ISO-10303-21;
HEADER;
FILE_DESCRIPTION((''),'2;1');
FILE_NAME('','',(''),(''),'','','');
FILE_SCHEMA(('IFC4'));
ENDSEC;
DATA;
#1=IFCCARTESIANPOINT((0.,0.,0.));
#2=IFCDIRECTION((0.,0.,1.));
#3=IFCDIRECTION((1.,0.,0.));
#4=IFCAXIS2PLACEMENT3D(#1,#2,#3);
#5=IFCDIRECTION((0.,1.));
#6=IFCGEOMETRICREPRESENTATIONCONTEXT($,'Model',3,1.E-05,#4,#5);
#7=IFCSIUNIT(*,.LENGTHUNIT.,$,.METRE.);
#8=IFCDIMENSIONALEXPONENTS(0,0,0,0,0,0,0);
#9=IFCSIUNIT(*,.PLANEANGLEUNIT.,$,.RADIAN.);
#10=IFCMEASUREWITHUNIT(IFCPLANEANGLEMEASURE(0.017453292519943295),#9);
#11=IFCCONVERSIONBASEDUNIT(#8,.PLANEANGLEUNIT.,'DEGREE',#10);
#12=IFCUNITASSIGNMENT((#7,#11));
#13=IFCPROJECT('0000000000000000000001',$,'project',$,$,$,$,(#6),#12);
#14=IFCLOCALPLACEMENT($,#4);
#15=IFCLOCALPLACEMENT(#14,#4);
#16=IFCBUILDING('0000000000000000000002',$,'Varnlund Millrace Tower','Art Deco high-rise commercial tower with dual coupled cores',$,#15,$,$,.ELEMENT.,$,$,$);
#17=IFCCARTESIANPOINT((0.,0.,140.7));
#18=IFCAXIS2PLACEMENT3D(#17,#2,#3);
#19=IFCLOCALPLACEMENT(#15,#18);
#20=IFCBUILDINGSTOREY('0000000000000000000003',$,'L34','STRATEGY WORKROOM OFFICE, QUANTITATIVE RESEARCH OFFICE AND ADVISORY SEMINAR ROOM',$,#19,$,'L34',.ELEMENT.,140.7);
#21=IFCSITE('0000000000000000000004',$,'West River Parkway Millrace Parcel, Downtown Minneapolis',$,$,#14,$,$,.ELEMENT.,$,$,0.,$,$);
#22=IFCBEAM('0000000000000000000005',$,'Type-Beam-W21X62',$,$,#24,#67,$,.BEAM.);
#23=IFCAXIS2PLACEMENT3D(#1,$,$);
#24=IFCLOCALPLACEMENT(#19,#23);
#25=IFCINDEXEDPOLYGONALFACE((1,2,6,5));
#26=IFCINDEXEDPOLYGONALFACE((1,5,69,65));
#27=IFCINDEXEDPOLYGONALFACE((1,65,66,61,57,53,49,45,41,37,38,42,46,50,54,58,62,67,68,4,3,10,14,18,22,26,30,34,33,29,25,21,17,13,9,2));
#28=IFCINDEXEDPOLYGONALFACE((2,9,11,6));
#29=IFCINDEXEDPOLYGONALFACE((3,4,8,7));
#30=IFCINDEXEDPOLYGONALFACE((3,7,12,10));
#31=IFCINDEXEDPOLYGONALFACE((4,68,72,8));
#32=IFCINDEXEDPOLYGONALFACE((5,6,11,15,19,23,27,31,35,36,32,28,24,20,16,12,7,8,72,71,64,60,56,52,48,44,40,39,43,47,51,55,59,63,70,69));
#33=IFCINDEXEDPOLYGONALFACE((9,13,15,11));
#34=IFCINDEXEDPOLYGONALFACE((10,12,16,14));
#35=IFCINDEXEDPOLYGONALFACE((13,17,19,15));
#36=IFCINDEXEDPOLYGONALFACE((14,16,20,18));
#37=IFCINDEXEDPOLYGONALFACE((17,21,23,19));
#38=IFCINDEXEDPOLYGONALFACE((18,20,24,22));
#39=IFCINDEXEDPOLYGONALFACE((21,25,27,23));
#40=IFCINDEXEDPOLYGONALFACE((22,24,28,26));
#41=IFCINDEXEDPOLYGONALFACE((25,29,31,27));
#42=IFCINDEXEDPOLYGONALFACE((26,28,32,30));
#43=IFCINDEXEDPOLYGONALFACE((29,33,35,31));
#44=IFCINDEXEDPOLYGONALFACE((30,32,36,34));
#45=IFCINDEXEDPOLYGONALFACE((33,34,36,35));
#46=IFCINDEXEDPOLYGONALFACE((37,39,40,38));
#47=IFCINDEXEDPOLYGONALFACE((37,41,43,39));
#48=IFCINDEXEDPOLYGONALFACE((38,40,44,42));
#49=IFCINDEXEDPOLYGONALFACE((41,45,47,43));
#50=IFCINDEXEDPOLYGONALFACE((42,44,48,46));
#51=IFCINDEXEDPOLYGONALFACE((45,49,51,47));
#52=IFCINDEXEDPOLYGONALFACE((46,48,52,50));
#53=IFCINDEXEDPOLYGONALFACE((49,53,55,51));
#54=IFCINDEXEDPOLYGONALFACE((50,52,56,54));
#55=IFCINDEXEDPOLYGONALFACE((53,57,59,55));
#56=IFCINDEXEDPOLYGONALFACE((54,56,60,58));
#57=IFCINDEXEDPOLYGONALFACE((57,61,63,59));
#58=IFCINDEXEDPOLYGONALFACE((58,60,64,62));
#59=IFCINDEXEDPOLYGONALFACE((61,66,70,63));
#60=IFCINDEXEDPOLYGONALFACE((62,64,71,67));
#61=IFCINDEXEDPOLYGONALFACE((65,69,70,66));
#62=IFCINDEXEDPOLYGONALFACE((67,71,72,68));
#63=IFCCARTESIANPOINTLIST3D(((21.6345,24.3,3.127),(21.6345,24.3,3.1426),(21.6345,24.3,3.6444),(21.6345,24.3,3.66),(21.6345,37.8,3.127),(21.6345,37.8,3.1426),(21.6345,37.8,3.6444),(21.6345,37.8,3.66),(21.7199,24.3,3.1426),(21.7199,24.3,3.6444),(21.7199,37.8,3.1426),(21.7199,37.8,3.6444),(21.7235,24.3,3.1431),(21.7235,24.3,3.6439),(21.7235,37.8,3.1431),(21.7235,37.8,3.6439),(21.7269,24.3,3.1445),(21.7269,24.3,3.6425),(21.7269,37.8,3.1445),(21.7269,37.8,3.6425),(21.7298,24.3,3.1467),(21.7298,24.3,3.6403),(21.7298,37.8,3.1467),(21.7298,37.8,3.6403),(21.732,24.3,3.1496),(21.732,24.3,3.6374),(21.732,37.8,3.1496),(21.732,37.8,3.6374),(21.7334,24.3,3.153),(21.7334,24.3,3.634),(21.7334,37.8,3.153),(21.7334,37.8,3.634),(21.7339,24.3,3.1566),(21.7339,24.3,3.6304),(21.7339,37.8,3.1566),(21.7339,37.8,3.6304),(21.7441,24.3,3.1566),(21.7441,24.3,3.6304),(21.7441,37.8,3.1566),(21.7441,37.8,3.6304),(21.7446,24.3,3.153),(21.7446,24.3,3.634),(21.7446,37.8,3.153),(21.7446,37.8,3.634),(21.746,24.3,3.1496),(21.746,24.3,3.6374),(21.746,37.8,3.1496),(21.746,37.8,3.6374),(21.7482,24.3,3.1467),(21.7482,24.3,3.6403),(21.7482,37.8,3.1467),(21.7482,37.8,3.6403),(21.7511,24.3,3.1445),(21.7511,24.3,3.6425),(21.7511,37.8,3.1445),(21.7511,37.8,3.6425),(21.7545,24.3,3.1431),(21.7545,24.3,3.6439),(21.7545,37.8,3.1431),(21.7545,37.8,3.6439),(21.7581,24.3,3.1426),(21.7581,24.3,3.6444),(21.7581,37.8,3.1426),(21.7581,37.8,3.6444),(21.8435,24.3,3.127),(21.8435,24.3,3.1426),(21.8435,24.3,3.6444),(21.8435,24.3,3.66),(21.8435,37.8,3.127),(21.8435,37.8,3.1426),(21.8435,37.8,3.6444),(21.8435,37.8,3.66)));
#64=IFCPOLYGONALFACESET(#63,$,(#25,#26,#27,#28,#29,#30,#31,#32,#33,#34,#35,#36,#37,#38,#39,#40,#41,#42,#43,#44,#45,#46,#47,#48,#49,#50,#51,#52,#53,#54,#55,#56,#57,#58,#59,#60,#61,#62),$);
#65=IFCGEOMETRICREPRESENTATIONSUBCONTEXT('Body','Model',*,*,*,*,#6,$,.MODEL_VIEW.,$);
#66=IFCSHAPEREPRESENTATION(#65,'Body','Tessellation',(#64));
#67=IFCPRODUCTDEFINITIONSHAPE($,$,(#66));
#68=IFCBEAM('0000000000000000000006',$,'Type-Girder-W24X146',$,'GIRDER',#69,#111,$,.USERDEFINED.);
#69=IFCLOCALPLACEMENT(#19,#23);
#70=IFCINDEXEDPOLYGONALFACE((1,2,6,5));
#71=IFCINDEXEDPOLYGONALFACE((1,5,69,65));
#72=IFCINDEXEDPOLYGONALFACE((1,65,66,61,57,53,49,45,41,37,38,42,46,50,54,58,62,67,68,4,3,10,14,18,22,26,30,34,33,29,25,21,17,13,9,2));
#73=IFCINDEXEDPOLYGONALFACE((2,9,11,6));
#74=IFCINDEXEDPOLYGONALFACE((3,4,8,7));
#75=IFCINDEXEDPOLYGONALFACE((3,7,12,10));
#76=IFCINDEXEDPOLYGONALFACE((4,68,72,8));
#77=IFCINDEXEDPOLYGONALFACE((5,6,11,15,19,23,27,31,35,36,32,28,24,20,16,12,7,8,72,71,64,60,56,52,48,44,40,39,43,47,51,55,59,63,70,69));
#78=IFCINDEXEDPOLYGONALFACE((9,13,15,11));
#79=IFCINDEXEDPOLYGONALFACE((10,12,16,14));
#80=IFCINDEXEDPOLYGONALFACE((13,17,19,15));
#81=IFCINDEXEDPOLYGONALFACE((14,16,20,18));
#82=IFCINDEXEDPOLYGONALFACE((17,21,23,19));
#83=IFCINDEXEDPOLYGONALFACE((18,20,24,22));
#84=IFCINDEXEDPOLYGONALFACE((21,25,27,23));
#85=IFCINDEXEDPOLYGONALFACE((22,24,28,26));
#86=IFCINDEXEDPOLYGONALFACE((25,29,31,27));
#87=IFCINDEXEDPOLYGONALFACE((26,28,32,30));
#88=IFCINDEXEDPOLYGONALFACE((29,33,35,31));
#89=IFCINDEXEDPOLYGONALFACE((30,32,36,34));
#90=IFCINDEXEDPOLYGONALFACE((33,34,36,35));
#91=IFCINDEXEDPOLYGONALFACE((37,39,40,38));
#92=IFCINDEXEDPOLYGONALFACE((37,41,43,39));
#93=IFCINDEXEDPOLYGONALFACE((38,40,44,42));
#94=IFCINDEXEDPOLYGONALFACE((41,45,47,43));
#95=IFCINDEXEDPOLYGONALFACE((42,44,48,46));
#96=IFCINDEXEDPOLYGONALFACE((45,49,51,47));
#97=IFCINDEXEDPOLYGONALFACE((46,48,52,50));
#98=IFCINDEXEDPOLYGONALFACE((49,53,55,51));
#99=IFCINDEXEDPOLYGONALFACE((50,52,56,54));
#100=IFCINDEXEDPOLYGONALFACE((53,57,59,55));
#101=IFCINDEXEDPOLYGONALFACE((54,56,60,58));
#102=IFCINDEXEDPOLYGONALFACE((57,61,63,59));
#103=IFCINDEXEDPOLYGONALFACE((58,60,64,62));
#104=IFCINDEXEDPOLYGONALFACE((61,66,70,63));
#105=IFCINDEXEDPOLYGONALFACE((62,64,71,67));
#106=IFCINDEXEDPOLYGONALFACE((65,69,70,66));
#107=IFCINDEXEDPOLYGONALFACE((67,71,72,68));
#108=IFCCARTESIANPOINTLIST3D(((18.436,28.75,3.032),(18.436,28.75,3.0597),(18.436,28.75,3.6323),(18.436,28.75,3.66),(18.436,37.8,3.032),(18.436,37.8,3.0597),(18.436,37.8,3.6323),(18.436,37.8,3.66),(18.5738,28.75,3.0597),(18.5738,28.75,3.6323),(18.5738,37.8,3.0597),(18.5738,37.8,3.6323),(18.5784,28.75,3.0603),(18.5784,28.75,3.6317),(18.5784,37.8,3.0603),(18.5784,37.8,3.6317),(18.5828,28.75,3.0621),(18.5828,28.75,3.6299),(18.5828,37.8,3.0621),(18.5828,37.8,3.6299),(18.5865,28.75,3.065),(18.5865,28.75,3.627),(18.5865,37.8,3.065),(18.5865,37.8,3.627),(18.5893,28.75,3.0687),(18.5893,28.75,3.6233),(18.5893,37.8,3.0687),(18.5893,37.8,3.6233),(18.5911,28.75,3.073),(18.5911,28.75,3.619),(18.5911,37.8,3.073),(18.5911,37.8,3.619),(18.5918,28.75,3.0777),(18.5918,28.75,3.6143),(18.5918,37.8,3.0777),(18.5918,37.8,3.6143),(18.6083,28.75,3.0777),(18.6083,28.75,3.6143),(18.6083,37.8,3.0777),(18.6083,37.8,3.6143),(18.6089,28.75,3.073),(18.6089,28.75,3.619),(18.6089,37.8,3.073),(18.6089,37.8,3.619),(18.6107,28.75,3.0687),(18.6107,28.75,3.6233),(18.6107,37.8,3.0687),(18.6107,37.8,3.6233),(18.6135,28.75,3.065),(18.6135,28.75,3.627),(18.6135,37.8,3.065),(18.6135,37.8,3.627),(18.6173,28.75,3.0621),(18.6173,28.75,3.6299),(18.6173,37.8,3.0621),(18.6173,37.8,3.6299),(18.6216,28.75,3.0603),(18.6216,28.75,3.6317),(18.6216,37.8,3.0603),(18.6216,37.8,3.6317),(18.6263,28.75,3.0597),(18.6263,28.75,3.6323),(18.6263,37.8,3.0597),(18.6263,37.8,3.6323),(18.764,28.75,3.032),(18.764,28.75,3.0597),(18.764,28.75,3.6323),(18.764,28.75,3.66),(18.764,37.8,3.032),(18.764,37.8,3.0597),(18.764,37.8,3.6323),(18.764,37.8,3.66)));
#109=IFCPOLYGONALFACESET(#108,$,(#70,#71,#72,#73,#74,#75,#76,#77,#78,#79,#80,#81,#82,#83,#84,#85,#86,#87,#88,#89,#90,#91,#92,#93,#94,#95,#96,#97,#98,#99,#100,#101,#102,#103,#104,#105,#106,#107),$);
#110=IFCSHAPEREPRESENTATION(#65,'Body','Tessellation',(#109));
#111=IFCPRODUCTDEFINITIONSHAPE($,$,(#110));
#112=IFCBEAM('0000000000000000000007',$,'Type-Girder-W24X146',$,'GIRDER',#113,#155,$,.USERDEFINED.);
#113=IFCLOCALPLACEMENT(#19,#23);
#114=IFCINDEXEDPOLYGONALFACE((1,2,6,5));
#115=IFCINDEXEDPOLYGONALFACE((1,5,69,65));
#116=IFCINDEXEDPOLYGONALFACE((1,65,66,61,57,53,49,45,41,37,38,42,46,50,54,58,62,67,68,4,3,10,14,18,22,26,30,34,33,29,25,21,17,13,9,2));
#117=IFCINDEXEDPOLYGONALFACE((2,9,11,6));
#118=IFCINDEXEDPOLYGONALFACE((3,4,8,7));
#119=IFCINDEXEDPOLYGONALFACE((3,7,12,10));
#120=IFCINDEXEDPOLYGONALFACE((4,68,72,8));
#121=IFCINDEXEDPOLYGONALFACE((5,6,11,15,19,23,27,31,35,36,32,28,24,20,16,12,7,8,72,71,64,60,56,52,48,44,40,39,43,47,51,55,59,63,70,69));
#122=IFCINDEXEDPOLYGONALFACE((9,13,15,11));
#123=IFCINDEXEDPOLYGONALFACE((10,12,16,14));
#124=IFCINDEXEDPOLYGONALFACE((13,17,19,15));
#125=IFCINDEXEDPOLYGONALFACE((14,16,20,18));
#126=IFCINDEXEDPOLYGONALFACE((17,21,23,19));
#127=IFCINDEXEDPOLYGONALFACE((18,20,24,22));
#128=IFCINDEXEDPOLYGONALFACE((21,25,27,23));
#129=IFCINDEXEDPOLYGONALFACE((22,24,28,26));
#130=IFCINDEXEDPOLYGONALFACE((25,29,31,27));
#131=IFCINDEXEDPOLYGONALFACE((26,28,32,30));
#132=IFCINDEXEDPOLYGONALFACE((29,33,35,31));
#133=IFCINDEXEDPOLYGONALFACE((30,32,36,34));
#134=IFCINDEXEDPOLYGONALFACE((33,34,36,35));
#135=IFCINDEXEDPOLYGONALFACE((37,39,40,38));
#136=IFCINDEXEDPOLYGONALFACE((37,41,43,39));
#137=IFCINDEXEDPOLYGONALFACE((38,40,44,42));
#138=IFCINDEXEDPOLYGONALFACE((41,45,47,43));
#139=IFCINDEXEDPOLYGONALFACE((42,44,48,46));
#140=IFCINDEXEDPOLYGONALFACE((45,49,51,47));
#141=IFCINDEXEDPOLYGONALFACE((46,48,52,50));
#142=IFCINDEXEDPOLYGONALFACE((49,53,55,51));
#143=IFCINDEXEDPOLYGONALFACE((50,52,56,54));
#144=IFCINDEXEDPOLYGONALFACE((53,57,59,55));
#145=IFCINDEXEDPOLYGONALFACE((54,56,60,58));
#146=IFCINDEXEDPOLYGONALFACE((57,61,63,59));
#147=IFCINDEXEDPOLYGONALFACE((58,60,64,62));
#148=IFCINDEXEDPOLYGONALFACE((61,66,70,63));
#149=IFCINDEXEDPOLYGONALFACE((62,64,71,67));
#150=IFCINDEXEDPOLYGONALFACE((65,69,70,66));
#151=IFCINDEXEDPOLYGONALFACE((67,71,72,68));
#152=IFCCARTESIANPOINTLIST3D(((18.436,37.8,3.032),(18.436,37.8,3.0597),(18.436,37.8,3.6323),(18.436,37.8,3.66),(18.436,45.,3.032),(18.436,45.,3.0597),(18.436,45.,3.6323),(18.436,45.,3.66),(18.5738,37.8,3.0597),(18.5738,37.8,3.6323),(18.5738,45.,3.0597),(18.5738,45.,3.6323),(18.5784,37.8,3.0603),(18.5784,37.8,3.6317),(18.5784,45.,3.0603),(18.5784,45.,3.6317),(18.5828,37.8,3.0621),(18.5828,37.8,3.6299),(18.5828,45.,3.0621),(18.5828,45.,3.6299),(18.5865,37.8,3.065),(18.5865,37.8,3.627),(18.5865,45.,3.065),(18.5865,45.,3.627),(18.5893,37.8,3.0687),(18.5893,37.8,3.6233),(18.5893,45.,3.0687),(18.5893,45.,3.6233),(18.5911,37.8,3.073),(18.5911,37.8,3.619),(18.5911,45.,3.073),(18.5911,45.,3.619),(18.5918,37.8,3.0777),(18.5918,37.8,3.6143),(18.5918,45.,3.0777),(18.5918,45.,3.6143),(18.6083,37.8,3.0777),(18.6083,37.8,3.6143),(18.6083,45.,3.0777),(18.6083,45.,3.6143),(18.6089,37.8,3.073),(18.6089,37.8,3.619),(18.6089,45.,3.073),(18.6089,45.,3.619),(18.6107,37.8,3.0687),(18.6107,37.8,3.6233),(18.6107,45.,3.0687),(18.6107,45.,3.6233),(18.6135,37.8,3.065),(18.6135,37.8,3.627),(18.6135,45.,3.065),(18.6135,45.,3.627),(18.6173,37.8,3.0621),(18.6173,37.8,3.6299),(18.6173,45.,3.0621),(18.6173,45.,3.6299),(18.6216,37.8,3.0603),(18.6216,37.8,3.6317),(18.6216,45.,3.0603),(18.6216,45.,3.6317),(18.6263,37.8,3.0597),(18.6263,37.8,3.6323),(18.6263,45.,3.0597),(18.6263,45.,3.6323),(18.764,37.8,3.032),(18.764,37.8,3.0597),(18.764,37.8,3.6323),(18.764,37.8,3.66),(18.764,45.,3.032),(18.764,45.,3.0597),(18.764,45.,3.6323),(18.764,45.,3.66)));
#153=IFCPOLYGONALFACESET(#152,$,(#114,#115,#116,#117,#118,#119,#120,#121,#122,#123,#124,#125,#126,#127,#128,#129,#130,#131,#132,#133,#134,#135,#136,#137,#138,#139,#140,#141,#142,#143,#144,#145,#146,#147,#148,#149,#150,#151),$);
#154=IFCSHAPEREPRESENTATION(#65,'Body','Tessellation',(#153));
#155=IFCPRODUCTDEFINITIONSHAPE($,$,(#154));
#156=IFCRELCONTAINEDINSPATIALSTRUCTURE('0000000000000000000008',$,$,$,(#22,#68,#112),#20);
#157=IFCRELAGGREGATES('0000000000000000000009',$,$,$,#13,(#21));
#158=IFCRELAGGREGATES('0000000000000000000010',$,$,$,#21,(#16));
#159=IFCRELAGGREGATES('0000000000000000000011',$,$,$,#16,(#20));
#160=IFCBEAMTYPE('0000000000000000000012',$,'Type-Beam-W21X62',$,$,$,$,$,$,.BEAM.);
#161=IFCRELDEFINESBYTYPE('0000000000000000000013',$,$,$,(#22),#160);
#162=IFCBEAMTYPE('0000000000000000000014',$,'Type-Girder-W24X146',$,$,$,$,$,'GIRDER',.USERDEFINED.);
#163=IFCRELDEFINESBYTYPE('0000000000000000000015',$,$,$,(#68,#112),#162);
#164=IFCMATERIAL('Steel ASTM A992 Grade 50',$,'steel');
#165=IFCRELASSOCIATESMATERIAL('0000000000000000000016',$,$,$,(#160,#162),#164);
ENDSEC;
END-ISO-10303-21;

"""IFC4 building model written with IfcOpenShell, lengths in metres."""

from ifc_helpers import new_model, entity, si_unit, converted_unit, direction, frame, origin_with_axes, origin_2d_with_axis, place, context, subcontext, project, spatial, i_section, extrude, material, material_profile, profile_set, type_object, element, save


model = new_model("IFC4")

# Units and contexts
model_context = context("Model", 3, precision=1e-05, world=origin_with_axes(), true_north=direction((0.0, 1.0)))
body_context = subcontext(model_context, "Body", "Model", "MODEL_VIEW")
ifc_project = project(units=[si_unit("LENGTHUNIT", "METRE"), converted_unit("PLANEANGLEUNIT", "DEGREE", entity("IfcPlaneAngleMeasure", 0.017453292519943295), si_unit("PLANEANGLEUNIT", "RADIAN"), dimensions=[0, 0, 0, 0, 0, 0, 0])], contexts=[model_context])

# Site, building, storey
site_placement = place(None, origin_with_axes())
site = spatial("IfcSite", under=ifc_project, at=site_placement, Name="West River Parkway Millrace Parcel, Downtown Minneapolis", CompositionType="ELEMENT", RefElevation=0.0)
building_placement = place(site_placement, origin_with_axes())
building = spatial("IfcBuilding", under=site, at=building_placement, Name="Varnlund Millrace Tower", Description="Art Deco high-rise commercial tower with dual coupled cores", CompositionType="ELEMENT")
storey_placement = place(building_placement, frame((0.0, 0.0, 140.7), z_axis=(0.0, 0.0, 1.0), x_axis=(1.0, 0.0, 0.0)))
storey = spatial("IfcBuildingStorey", under=building, at=storey_placement, Name="L34", Description="STRATEGY WORKROOM OFFICE, QUANTITATIVE RESEARCH OFFICE AND ADVISORY SEMINAR ROOM", LongName="L34", CompositionType="ELEMENT", Elevation=140.7)

# Beams
ifc_material_1 = material(Name="Steel ASTM A992 Grade 50", Category="steel")
ifc_material_profile_1 = material_profile(ifc_material_1, i_section(OverallWidth=0.209, OverallDepth=0.533, WebThickness=0.0102, FlangeThickness=0.0156, FilletRadius=0.014, at=origin_2d_with_axis()), Name="Steel ASTM A992 Grade 50")
ifc_profile_set_1 = profile_set([ifc_material_profile_1], Name="Steel ASTM A992 Grade 50")
beam_type_1 = type_object("IfcBeamType", Name="Type-Beam-W21X62", PredefinedType="BEAM", material=ifc_profile_set_1)
beam_1_placement = place(storey_placement, frame((21.739, 24.3, 3.3935), z_axis=(0.0, 1.0, 0.0), x_axis=(-1.0, 0.0, 0.0)))
element("IfcBeam", 1, at=beam_1_placement, inside=storey, type_object=beam_type_1, Name="Type-Beam-W21X62", PredefinedType="BEAM", context=body_context, shape_type="SweptSolid", body=[
    extrude(i_section(OverallWidth=0.209, OverallDepth=0.533, WebThickness=0.0102, FlangeThickness=0.0156, FilletRadius=0.014, at=origin_2d_with_axis()), origin_with_axes(), (0.0, 0.0, 1.0), 13.5),
])
ifc_material_profile_2 = material_profile(ifc_material_1, i_section(OverallWidth=0.328, OverallDepth=0.628, WebThickness=0.0165, FlangeThickness=0.0277, FilletRadius=0.018, at=origin_2d_with_axis()), Name="Steel ASTM A992 Grade 50")
ifc_profile_set_2 = profile_set([ifc_material_profile_2], Name="Steel ASTM A992 Grade 50")
beam_type_2 = type_object("IfcBeamType", Name="Type-Girder-W24X146", ElementType="GIRDER", PredefinedType="USERDEFINED", material=ifc_profile_set_2)
beam_2_placement = place(storey_placement, frame((18.6, 28.75, 3.346), z_axis=(0.0, 1.0, 0.0), x_axis=(-1.0, 0.0, 0.0)))
element("IfcBeam", 2, at=beam_2_placement, inside=storey, type_object=beam_type_2, Name="Type-Girder-W24X146", ObjectType="GIRDER", PredefinedType="USERDEFINED", context=body_context, shape_type="SweptSolid", body=[
    extrude(i_section(OverallWidth=0.328, OverallDepth=0.628, WebThickness=0.0165, FlangeThickness=0.0277, FilletRadius=0.018, at=origin_2d_with_axis()), origin_with_axes(), (0.0, 0.0, 1.0), 9.05),
])
beam_3_placement = place(storey_placement, frame((18.6, 37.8, 3.346), z_axis=(0.0, 1.0, 0.0), x_axis=(-1.0, 0.0, 0.0)))
element("IfcBeam", 3, at=beam_3_placement, inside=storey, type_object=beam_type_2, Name="Type-Girder-W24X146", ObjectType="GIRDER", PredefinedType="USERDEFINED", context=body_context, shape_type="SweptSolid", body=[
    extrude(i_section(OverallWidth=0.328, OverallDepth=0.628, WebThickness=0.0165, FlangeThickness=0.0277, FilletRadius=0.018, at=origin_2d_with_axis()), origin_with_axes(), (0.0, 0.0, 1.0), 7.2),
])

save(model, "model.ifc")
